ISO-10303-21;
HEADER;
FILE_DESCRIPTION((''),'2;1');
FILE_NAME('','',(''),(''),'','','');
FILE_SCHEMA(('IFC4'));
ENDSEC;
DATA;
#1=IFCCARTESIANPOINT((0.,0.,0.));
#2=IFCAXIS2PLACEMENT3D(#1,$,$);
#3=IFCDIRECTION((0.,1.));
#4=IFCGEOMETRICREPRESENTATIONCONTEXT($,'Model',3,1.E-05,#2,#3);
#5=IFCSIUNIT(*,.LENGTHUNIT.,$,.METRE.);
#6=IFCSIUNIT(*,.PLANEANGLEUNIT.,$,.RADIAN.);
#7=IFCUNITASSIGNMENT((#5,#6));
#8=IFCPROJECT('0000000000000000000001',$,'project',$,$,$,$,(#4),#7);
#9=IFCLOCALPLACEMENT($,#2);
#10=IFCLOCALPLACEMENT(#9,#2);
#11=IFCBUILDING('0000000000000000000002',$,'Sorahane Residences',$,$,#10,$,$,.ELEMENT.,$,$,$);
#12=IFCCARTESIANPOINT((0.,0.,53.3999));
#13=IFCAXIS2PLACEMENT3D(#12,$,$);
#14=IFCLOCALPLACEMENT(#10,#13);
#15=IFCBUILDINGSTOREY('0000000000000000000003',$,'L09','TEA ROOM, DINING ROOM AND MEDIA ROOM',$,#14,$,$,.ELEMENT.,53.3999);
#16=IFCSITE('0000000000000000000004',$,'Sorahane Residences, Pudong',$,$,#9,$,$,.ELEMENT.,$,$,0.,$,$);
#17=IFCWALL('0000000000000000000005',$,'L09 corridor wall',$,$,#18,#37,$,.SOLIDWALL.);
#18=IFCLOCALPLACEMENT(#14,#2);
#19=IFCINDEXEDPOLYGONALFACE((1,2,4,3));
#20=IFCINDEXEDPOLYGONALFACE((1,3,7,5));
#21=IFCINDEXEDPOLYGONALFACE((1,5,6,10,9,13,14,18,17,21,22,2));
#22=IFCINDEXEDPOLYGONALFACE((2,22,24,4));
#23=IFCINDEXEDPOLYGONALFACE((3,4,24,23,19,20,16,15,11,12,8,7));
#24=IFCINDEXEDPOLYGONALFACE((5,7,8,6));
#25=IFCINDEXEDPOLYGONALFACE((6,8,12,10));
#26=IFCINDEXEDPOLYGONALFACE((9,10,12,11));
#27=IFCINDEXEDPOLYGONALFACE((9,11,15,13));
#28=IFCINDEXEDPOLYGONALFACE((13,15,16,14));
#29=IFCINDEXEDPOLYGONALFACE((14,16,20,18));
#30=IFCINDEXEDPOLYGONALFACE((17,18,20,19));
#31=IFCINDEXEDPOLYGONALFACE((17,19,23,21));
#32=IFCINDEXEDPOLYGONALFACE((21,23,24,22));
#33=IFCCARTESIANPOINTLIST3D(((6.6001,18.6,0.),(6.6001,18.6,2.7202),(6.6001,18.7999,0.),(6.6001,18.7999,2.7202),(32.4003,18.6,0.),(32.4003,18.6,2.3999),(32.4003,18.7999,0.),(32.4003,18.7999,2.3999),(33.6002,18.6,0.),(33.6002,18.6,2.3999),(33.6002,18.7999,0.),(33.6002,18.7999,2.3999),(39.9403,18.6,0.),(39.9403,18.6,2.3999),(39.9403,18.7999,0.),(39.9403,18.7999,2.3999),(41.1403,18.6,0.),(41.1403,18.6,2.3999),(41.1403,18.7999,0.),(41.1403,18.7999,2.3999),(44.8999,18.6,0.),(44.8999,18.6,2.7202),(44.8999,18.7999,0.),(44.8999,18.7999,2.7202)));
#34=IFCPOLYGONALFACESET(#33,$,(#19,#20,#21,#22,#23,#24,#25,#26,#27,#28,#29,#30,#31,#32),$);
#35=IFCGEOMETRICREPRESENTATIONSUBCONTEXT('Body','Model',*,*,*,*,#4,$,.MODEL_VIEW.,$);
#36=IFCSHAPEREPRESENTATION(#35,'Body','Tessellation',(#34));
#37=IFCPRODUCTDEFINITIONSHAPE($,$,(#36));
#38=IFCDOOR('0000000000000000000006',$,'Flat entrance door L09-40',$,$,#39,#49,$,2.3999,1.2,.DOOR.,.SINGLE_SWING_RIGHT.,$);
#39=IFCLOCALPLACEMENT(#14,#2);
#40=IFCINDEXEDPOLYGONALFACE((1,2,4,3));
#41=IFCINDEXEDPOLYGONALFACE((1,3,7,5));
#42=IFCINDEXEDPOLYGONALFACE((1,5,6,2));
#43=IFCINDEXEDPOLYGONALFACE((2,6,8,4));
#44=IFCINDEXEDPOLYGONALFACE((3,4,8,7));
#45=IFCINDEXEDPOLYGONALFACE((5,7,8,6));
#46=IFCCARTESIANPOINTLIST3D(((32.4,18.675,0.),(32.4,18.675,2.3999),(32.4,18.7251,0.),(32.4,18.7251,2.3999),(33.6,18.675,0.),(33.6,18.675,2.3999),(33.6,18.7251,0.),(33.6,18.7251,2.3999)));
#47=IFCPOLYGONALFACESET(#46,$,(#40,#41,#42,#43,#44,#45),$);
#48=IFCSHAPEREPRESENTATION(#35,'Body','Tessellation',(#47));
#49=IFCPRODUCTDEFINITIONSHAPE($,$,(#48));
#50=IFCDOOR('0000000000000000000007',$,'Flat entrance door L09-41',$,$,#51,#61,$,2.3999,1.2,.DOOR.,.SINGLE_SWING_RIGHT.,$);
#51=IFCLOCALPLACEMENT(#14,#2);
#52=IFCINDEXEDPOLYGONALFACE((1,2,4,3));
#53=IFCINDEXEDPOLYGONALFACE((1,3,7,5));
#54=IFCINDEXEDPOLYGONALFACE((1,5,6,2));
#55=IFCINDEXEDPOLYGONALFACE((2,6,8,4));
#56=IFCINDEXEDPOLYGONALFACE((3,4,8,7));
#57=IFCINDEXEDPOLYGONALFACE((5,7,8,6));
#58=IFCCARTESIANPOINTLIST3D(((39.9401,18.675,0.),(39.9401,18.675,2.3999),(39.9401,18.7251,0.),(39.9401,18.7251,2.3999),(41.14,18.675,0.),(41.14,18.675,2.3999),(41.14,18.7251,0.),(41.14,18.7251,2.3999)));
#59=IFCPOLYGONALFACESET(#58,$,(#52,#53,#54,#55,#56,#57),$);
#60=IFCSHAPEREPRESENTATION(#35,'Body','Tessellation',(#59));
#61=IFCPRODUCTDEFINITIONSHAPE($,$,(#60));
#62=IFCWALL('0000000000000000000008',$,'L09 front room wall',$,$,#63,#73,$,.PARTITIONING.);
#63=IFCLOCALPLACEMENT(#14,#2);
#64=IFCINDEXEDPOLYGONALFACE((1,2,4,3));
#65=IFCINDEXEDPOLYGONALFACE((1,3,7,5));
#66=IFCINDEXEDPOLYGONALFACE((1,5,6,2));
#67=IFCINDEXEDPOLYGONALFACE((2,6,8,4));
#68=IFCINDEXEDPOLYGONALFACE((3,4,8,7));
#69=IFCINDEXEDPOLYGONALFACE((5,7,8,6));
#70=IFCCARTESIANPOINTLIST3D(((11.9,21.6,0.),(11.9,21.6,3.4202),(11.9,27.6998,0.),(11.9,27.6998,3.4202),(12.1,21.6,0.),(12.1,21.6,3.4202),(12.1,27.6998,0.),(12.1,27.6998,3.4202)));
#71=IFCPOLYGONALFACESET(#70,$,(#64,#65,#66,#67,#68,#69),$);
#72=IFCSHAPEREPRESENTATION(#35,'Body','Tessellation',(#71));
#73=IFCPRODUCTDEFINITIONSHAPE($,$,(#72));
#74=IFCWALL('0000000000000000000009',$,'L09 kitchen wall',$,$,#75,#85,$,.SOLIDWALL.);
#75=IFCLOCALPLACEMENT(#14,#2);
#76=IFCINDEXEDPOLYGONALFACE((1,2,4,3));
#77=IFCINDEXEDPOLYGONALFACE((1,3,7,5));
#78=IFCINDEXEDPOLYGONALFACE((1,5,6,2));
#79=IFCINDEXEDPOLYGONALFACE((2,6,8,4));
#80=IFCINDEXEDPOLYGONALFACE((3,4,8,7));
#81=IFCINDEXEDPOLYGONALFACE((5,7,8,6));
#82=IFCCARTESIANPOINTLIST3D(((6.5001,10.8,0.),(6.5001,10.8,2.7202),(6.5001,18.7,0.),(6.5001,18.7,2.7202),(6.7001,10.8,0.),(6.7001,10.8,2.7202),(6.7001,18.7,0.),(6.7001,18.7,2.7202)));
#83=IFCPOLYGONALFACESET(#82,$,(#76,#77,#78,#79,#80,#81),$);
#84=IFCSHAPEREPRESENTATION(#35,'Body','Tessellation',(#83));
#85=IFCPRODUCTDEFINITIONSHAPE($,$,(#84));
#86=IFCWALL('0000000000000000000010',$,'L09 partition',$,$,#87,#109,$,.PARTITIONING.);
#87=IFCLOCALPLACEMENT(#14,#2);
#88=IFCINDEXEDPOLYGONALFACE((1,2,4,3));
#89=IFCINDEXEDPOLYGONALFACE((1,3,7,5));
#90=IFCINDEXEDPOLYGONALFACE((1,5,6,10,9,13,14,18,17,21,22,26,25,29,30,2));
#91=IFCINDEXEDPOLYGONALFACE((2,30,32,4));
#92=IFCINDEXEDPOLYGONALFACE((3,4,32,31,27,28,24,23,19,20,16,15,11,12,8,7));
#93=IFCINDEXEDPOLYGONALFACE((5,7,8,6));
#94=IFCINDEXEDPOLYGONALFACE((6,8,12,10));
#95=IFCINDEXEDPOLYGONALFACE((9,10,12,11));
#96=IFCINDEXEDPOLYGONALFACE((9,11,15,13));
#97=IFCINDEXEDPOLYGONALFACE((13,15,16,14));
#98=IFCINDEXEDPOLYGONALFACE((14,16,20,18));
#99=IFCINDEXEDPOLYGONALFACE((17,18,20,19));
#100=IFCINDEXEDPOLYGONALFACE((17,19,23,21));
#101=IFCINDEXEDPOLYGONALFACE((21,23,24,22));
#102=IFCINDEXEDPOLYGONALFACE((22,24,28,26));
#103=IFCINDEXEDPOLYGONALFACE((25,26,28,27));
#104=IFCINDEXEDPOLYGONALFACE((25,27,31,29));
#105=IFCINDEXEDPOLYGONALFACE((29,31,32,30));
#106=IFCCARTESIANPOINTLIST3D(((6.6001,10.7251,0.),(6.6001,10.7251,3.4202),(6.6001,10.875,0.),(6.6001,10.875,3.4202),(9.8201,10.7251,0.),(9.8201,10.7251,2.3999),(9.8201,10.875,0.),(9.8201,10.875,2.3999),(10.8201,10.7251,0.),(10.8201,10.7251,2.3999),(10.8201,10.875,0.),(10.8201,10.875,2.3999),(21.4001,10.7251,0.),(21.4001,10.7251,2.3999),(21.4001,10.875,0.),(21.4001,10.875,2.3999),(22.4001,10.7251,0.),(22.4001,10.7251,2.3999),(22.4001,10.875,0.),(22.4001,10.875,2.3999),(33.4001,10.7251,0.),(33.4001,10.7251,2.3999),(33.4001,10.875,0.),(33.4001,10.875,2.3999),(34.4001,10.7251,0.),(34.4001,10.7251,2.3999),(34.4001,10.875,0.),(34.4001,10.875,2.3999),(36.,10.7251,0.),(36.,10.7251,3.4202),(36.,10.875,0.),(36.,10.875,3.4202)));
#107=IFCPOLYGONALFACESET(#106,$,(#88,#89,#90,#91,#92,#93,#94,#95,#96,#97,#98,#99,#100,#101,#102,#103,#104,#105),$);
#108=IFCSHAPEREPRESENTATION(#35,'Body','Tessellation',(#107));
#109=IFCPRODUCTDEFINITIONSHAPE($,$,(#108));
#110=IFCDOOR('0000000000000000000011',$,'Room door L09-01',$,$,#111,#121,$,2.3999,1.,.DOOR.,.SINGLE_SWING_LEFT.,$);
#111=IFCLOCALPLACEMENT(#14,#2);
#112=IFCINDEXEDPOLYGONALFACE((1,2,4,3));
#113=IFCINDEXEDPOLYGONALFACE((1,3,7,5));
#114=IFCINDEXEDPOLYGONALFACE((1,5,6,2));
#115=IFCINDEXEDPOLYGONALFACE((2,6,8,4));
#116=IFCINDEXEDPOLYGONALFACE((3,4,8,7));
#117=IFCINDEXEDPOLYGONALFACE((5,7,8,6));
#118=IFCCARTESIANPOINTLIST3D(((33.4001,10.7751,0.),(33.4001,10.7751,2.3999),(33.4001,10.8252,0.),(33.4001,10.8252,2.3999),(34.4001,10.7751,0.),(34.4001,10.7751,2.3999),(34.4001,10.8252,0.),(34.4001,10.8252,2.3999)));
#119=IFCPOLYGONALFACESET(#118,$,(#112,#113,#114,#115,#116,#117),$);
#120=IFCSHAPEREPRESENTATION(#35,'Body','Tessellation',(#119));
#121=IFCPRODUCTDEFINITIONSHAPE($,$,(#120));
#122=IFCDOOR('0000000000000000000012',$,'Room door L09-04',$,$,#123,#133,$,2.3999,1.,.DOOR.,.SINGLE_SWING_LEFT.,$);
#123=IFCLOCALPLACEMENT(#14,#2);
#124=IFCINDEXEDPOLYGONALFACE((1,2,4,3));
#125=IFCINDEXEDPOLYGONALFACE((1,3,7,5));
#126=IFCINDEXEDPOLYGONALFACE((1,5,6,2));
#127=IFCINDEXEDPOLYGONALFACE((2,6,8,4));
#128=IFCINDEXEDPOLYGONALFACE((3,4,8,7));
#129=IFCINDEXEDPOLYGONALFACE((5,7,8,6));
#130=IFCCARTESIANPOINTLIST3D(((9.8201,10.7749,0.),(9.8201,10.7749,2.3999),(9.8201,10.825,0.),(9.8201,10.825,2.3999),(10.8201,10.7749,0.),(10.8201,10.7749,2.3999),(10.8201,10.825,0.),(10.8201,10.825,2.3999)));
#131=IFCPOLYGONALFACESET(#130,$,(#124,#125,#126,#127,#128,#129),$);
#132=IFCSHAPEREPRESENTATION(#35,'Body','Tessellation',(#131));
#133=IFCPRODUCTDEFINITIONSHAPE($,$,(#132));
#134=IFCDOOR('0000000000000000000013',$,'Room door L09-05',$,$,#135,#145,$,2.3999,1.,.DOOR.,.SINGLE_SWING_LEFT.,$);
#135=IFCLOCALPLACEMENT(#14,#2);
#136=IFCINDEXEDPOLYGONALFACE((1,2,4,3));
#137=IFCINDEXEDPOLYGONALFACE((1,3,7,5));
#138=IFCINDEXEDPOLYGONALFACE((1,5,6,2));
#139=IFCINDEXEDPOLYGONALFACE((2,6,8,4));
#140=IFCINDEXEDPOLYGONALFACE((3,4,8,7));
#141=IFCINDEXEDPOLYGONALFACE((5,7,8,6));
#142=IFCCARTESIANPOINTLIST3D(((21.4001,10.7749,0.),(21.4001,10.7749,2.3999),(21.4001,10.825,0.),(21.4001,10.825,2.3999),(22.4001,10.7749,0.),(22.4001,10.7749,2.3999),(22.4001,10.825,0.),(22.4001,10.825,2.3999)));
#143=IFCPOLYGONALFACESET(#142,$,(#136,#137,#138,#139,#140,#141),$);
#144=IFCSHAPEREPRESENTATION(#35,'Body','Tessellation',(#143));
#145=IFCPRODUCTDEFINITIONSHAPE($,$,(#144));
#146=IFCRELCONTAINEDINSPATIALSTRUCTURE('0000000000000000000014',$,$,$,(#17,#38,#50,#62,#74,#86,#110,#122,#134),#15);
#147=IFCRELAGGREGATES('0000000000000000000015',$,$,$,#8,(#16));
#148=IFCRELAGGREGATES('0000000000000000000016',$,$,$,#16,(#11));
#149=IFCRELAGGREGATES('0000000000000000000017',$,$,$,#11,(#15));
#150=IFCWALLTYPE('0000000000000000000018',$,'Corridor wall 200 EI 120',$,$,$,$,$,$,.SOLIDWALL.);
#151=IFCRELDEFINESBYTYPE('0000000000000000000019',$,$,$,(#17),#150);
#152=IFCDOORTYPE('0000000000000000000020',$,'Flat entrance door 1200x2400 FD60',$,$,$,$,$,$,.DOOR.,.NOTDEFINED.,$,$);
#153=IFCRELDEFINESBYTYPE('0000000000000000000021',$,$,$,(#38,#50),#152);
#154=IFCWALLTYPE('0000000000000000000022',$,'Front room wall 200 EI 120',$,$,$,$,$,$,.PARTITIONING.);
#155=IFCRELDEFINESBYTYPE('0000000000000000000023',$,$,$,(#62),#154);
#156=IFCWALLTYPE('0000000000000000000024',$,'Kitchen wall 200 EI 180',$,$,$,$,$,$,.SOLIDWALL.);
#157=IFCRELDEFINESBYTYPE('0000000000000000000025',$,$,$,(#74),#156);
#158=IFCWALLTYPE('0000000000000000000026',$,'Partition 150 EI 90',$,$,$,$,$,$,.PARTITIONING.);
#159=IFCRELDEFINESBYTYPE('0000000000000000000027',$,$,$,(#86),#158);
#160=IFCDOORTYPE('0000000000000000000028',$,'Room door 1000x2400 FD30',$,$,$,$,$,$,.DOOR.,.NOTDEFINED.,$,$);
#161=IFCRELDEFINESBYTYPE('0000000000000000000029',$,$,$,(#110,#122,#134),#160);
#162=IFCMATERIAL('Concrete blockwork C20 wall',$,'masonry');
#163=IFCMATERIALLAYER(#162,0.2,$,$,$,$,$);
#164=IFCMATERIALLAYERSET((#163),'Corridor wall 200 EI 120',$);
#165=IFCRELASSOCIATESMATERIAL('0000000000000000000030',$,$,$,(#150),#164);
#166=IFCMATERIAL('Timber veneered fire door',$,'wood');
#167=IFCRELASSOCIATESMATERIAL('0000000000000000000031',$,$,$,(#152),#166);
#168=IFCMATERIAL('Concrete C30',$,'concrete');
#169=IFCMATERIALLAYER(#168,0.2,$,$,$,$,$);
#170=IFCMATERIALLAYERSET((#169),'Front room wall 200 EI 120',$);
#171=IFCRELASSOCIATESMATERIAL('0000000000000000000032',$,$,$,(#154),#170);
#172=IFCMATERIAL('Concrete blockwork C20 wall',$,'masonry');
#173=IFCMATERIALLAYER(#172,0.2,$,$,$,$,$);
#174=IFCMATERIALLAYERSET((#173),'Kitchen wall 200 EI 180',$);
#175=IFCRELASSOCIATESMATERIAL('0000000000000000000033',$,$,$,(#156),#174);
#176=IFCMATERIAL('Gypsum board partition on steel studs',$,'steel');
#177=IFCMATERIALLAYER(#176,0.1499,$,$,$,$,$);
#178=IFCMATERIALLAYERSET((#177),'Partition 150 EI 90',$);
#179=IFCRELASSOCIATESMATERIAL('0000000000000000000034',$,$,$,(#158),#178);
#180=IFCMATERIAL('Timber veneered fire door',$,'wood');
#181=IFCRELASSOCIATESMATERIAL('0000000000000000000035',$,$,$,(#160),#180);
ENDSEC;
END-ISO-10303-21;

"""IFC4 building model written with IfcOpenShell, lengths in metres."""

from ifc_helpers import new_model, si_unit, direction, frame, frame_2d, origin, place, context, subcontext, project, spatial, rectangle, extrude, material, layer, layer_set, type_object, element, fill, save


model = new_model("IFC4")

# Units and contexts
model_context = context("Model", 3, precision=1e-05, world=origin(), true_north=direction((0.0, 1.0)))
body_context = subcontext(model_context, "Body", "Model", "MODEL_VIEW")
ifc_project = project(units=[si_unit("LENGTHUNIT", "METRE"), si_unit("PLANEANGLEUNIT", "RADIAN")], contexts=[model_context])

# Site, building, storey
site_placement = place(None, origin())
site = spatial("IfcSite", under=ifc_project, at=site_placement, Name="Sorahane Residences, Pudong", CompositionType="ELEMENT", RefElevation=0.0)
building_placement = place(site_placement, origin())
building = spatial("IfcBuilding", under=site, at=building_placement, Name="Sorahane Residences", CompositionType="ELEMENT")
storey_placement = place(building_placement, frame((0.0, 0.0, 53.3999)))
storey = spatial("IfcBuildingStorey", under=building, at=storey_placement, Name="L09", Description="TEA ROOM, DINING ROOM AND MEDIA ROOM", CompositionType="ELEMENT", Elevation=53.3999)

# Wall, openings, doors
ifc_material_1 = material(Name="Concrete blockwork C20 wall", Category="masonry")
ifc_layer_1 = layer(ifc_material_1, 0.2)
ifc_layer_set_1 = layer_set([ifc_layer_1], Name="Corridor wall 200 EI 120")
wall_type_1 = type_object("IfcWallType", Name="Corridor wall 200 EI 120", PredefinedType="SOLIDWALL", material=ifc_layer_set_1)
wall_1_placement = place(storey_placement, frame((6.6001, 18.7, 0.0), z_axis=(0.0, 0.0, 1.0), x_axis=(1.0, 0.0, 0.0)))
wall_1 = element("IfcWall", 1, at=wall_1_placement, inside=storey, type_object=wall_type_1, Name="L09 corridor wall", PredefinedType="SOLIDWALL", context=body_context, shape_type="SweptSolid", body=[
    extrude(rectangle(XDim=38.2998, YDim=0.2, at=frame_2d((19.1499, 0.0))), origin(), (0.0, 0.0, 1.0), 2.7202),
])
opening_1_placement = place(wall_1_placement, frame((25.8, 0.0, 0.0)))
opening_1 = element("IfcOpeningElement", 2, at=opening_1_placement, cuts=wall_1, PredefinedType="OPENING", context=body_context, shape_type="SweptSolid", body=[
    extrude(rectangle(XDim=1.2, YDim=2.3999, at=frame_2d((0.6001, 1.2))), frame((0.0, 0.1099, 0.0), z_axis=(0.0, -1.0, 0.0), x_axis=(1.0, 0.0, 0.0)), (0.0, 0.0, 1.0), 0.22),
])
opening_2_placement = place(wall_1_placement, frame((33.3401, 0.0, 0.0)))
opening_2 = element("IfcOpeningElement", 3, at=opening_2_placement, cuts=wall_1, PredefinedType="OPENING", context=body_context, shape_type="SweptSolid", body=[
    extrude(rectangle(XDim=1.2, YDim=2.3999, at=frame_2d((0.6001, 1.2))), frame((0.0, 0.1099, 0.0), z_axis=(0.0, -1.0, 0.0), x_axis=(1.0, 0.0, 0.0)), (0.0, 0.0, 1.0), 0.22),
])
ifc_material_2 = material(Name="Timber veneered fire door", Category="wood")
door_type_1 = type_object("IfcDoorType", Name="Flat entrance door 1200x2400 FD60", OperationType="NOTDEFINED", PredefinedType="DOOR", material=ifc_material_2)
door_1_placement = place(opening_1_placement, frame((1.2, 0.0, 0.0), z_axis=(0.0, 0.0, 1.0), x_axis=(-1.0, 0.0, 0.0)))
door_1 = element("IfcDoor", 4, at=door_1_placement, inside=storey, type_object=door_type_1, Name="Flat entrance door L09-40", OperationType="SINGLE_SWING_RIGHT", OverallHeight=2.3999, OverallWidth=1.2, PredefinedType="DOOR", context=body_context, shape_type="SweptSolid", body=[
    extrude(rectangle(XDim=1.2, YDim=2.3999, at=frame_2d((0.6001, 1.2))), frame((0.0, 0.0249, 0.0), z_axis=(0.0, -1.0, 0.0), x_axis=(1.0, 0.0, 0.0)), (0.0, 0.0, 1.0), 0.05),
])
fill(opening_1, door_1)
door_2_placement = place(opening_2_placement, frame((1.2, 0.0, 0.0), z_axis=(0.0, 0.0, 1.0), x_axis=(-1.0, 0.0, 0.0)))
door_2 = element("IfcDoor", 5, at=door_2_placement, inside=storey, type_object=door_type_1, Name="Flat entrance door L09-41", OperationType="SINGLE_SWING_RIGHT", OverallHeight=2.3999, OverallWidth=1.2, PredefinedType="DOOR", context=body_context, shape_type="SweptSolid", body=[
    extrude(rectangle(XDim=1.2, YDim=2.3999, at=frame_2d((0.6001, 1.2))), frame((0.0, 0.0249, 0.0), z_axis=(0.0, -1.0, 0.0), x_axis=(1.0, 0.0, 0.0)), (0.0, 0.0, 1.0), 0.05),
])
fill(opening_2, door_2)

# Walls
ifc_material_3 = material(Name="Concrete C30", Category="concrete")
ifc_layer_2 = layer(ifc_material_3, 0.2)
ifc_layer_set_2 = layer_set([ifc_layer_2], Name="Front room wall 200 EI 120")
wall_type_2 = type_object("IfcWallType", Name="Front room wall 200 EI 120", PredefinedType="PARTITIONING", material=ifc_layer_set_2)
wall_2_placement = place(storey_placement, frame((12.0, 21.6001, 0.0), z_axis=(0.0, 0.0, 1.0), x_axis=(0.0, 1.0, 0.0)))
element("IfcWall", 6, at=wall_2_placement, inside=storey, type_object=wall_type_2, Name="L09 front room wall", PredefinedType="PARTITIONING", context=body_context, shape_type="SweptSolid", body=[
    extrude(rectangle(XDim=6.0999, YDim=0.2, at=frame_2d((3.0498, 0.0))), origin(), (0.0, 0.0, 1.0), 3.4202),
])
ifc_material_4 = material(Name="Concrete blockwork C20 wall", Category="masonry")
ifc_layer_3 = layer(ifc_material_4, 0.2)
ifc_layer_set_3 = layer_set([ifc_layer_3], Name="Kitchen wall 200 EI 180")
wall_type_3 = type_object("IfcWallType", Name="Kitchen wall 200 EI 180", PredefinedType="SOLIDWALL", material=ifc_layer_set_3)
wall_3_placement = place(storey_placement, frame((6.6001, 10.8, 0.0), z_axis=(0.0, 0.0, 1.0), x_axis=(0.0, 1.0, 0.0)))
element("IfcWall", 7, at=wall_3_placement, inside=storey, type_object=wall_type_3, Name="L09 kitchen wall", PredefinedType="SOLIDWALL", context=body_context, shape_type="SweptSolid", body=[
    extrude(rectangle(XDim=7.8999, YDim=0.2, at=frame_2d((3.95, 0.0))), origin(), (0.0, 0.0, 1.0), 2.7202),
])

# Wall, openings, doors
ifc_material_5 = material(Name="Gypsum board partition on steel studs", Category="steel")
ifc_layer_4 = layer(ifc_material_5, 0.1499)
ifc_layer_set_4 = layer_set([ifc_layer_4], Name="Partition 150 EI 90")
wall_type_4 = type_object("IfcWallType", Name="Partition 150 EI 90", PredefinedType="PARTITIONING", material=ifc_layer_set_4)
wall_4_placement = place(storey_placement, frame((6.6001, 10.8, 0.0), z_axis=(0.0, 0.0, 1.0), x_axis=(1.0, 0.0, 0.0)))
wall_4 = element("IfcWall", 8, at=wall_4_placement, inside=storey, type_object=wall_type_4, Name="L09 partition", PredefinedType="PARTITIONING", context=body_context, shape_type="SweptSolid", body=[
    extrude(rectangle(XDim=29.3999, YDim=0.1499, at=frame_2d((14.7, 0.0))), origin(), (0.0, 0.0, 1.0), 3.4202),
])
opening_3_placement = place(wall_4_placement, frame((26.8, 0.0, 0.0)))
opening_3 = element("IfcOpeningElement", 9, at=opening_3_placement, cuts=wall_4, PredefinedType="OPENING", context=body_context, shape_type="SweptSolid", body=[
    extrude(rectangle(XDim=1.0, YDim=2.3999, at=frame_2d((0.5, 1.2))), frame((0.0, 0.085, 0.0), z_axis=(0.0, -1.0, 0.0), x_axis=(1.0, 0.0, 0.0)), (0.0, 0.0, 1.0), 0.1699),
])
opening_4_placement = place(wall_4_placement, frame((3.22, 0.0, 0.0)))
opening_4 = element("IfcOpeningElement", 10, at=opening_4_placement, cuts=wall_4, PredefinedType="OPENING", context=body_context, shape_type="SweptSolid", body=[
    extrude(rectangle(XDim=1.0, YDim=2.3999, at=frame_2d((0.5, 1.2))), frame((0.0, 0.085, 0.0), z_axis=(0.0, -1.0, 0.0), x_axis=(1.0, 0.0, 0.0)), (0.0, 0.0, 1.0), 0.1699),
])
opening_5_placement = place(wall_4_placement, frame((14.8, 0.0, 0.0)))
opening_5 = element("IfcOpeningElement", 11, at=opening_5_placement, cuts=wall_4, PredefinedType="OPENING", context=body_context, shape_type="SweptSolid", body=[
    extrude(rectangle(XDim=1.0, YDim=2.3999, at=frame_2d((0.5, 1.2))), frame((0.0, 0.085, 0.0), z_axis=(0.0, -1.0, 0.0), x_axis=(1.0, 0.0, 0.0)), (0.0, 0.0, 1.0), 0.1699),
])
ifc_material_6 = material(Name="Timber veneered fire door", Category="wood")
door_type_2 = type_object("IfcDoorType", Name="Room door 1000x2400 FD30", OperationType="NOTDEFINED", PredefinedType="DOOR", material=ifc_material_6)
door_3_placement = place(opening_3_placement, frame((1.0, 0.0, 0.0), z_axis=(0.0, 0.0, 1.0), x_axis=(-1.0, 0.0, 0.0)))
door_3 = element("IfcDoor", 12, at=door_3_placement, inside=storey, type_object=door_type_2, Name="Room door L09-01", OperationType="SINGLE_SWING_LEFT", OverallHeight=2.3999, OverallWidth=1.0, PredefinedType="DOOR", context=body_context, shape_type="SweptSolid", body=[
    extrude(rectangle(XDim=1.0, YDim=2.3999, at=frame_2d((0.5, 1.2))), frame((0.0, 0.0249, 0.0), z_axis=(0.0, -1.0, 0.0), x_axis=(1.0, 0.0, 0.0)), (0.0, 0.0, 1.0), 0.05),
])
fill(opening_3, door_3)
door_4_placement = place(opening_4_placement, origin())
door_4 = element("IfcDoor", 13, at=door_4_placement, inside=storey, type_object=door_type_2, Name="Room door L09-04", OperationType="SINGLE_SWING_LEFT", OverallHeight=2.3999, OverallWidth=1.0, PredefinedType="DOOR", context=body_context, shape_type="SweptSolid", body=[
    extrude(rectangle(XDim=1.0, YDim=2.3999, at=frame_2d((0.5, 1.2))), frame((0.0, 0.0249, 0.0), z_axis=(0.0, -1.0, 0.0), x_axis=(1.0, 0.0, 0.0)), (0.0, 0.0, 1.0), 0.05),
])
fill(opening_4, door_4)
door_5_placement = place(opening_5_placement, origin())
door_5 = element("IfcDoor", 14, at=door_5_placement, inside=storey, type_object=door_type_2, Name="Room door L09-05", OperationType="SINGLE_SWING_LEFT", OverallHeight=2.3999, OverallWidth=1.0, PredefinedType="DOOR", context=body_context, shape_type="SweptSolid", body=[
    extrude(rectangle(XDim=1.0, YDim=2.3999, at=frame_2d((0.5, 1.2))), frame((0.0, 0.0249, 0.0), z_axis=(0.0, -1.0, 0.0), x_axis=(1.0, 0.0, 0.0)), (0.0, 0.0, 1.0), 0.05),
])
fill(opening_5, door_5)

save(model, "model.ifc")
